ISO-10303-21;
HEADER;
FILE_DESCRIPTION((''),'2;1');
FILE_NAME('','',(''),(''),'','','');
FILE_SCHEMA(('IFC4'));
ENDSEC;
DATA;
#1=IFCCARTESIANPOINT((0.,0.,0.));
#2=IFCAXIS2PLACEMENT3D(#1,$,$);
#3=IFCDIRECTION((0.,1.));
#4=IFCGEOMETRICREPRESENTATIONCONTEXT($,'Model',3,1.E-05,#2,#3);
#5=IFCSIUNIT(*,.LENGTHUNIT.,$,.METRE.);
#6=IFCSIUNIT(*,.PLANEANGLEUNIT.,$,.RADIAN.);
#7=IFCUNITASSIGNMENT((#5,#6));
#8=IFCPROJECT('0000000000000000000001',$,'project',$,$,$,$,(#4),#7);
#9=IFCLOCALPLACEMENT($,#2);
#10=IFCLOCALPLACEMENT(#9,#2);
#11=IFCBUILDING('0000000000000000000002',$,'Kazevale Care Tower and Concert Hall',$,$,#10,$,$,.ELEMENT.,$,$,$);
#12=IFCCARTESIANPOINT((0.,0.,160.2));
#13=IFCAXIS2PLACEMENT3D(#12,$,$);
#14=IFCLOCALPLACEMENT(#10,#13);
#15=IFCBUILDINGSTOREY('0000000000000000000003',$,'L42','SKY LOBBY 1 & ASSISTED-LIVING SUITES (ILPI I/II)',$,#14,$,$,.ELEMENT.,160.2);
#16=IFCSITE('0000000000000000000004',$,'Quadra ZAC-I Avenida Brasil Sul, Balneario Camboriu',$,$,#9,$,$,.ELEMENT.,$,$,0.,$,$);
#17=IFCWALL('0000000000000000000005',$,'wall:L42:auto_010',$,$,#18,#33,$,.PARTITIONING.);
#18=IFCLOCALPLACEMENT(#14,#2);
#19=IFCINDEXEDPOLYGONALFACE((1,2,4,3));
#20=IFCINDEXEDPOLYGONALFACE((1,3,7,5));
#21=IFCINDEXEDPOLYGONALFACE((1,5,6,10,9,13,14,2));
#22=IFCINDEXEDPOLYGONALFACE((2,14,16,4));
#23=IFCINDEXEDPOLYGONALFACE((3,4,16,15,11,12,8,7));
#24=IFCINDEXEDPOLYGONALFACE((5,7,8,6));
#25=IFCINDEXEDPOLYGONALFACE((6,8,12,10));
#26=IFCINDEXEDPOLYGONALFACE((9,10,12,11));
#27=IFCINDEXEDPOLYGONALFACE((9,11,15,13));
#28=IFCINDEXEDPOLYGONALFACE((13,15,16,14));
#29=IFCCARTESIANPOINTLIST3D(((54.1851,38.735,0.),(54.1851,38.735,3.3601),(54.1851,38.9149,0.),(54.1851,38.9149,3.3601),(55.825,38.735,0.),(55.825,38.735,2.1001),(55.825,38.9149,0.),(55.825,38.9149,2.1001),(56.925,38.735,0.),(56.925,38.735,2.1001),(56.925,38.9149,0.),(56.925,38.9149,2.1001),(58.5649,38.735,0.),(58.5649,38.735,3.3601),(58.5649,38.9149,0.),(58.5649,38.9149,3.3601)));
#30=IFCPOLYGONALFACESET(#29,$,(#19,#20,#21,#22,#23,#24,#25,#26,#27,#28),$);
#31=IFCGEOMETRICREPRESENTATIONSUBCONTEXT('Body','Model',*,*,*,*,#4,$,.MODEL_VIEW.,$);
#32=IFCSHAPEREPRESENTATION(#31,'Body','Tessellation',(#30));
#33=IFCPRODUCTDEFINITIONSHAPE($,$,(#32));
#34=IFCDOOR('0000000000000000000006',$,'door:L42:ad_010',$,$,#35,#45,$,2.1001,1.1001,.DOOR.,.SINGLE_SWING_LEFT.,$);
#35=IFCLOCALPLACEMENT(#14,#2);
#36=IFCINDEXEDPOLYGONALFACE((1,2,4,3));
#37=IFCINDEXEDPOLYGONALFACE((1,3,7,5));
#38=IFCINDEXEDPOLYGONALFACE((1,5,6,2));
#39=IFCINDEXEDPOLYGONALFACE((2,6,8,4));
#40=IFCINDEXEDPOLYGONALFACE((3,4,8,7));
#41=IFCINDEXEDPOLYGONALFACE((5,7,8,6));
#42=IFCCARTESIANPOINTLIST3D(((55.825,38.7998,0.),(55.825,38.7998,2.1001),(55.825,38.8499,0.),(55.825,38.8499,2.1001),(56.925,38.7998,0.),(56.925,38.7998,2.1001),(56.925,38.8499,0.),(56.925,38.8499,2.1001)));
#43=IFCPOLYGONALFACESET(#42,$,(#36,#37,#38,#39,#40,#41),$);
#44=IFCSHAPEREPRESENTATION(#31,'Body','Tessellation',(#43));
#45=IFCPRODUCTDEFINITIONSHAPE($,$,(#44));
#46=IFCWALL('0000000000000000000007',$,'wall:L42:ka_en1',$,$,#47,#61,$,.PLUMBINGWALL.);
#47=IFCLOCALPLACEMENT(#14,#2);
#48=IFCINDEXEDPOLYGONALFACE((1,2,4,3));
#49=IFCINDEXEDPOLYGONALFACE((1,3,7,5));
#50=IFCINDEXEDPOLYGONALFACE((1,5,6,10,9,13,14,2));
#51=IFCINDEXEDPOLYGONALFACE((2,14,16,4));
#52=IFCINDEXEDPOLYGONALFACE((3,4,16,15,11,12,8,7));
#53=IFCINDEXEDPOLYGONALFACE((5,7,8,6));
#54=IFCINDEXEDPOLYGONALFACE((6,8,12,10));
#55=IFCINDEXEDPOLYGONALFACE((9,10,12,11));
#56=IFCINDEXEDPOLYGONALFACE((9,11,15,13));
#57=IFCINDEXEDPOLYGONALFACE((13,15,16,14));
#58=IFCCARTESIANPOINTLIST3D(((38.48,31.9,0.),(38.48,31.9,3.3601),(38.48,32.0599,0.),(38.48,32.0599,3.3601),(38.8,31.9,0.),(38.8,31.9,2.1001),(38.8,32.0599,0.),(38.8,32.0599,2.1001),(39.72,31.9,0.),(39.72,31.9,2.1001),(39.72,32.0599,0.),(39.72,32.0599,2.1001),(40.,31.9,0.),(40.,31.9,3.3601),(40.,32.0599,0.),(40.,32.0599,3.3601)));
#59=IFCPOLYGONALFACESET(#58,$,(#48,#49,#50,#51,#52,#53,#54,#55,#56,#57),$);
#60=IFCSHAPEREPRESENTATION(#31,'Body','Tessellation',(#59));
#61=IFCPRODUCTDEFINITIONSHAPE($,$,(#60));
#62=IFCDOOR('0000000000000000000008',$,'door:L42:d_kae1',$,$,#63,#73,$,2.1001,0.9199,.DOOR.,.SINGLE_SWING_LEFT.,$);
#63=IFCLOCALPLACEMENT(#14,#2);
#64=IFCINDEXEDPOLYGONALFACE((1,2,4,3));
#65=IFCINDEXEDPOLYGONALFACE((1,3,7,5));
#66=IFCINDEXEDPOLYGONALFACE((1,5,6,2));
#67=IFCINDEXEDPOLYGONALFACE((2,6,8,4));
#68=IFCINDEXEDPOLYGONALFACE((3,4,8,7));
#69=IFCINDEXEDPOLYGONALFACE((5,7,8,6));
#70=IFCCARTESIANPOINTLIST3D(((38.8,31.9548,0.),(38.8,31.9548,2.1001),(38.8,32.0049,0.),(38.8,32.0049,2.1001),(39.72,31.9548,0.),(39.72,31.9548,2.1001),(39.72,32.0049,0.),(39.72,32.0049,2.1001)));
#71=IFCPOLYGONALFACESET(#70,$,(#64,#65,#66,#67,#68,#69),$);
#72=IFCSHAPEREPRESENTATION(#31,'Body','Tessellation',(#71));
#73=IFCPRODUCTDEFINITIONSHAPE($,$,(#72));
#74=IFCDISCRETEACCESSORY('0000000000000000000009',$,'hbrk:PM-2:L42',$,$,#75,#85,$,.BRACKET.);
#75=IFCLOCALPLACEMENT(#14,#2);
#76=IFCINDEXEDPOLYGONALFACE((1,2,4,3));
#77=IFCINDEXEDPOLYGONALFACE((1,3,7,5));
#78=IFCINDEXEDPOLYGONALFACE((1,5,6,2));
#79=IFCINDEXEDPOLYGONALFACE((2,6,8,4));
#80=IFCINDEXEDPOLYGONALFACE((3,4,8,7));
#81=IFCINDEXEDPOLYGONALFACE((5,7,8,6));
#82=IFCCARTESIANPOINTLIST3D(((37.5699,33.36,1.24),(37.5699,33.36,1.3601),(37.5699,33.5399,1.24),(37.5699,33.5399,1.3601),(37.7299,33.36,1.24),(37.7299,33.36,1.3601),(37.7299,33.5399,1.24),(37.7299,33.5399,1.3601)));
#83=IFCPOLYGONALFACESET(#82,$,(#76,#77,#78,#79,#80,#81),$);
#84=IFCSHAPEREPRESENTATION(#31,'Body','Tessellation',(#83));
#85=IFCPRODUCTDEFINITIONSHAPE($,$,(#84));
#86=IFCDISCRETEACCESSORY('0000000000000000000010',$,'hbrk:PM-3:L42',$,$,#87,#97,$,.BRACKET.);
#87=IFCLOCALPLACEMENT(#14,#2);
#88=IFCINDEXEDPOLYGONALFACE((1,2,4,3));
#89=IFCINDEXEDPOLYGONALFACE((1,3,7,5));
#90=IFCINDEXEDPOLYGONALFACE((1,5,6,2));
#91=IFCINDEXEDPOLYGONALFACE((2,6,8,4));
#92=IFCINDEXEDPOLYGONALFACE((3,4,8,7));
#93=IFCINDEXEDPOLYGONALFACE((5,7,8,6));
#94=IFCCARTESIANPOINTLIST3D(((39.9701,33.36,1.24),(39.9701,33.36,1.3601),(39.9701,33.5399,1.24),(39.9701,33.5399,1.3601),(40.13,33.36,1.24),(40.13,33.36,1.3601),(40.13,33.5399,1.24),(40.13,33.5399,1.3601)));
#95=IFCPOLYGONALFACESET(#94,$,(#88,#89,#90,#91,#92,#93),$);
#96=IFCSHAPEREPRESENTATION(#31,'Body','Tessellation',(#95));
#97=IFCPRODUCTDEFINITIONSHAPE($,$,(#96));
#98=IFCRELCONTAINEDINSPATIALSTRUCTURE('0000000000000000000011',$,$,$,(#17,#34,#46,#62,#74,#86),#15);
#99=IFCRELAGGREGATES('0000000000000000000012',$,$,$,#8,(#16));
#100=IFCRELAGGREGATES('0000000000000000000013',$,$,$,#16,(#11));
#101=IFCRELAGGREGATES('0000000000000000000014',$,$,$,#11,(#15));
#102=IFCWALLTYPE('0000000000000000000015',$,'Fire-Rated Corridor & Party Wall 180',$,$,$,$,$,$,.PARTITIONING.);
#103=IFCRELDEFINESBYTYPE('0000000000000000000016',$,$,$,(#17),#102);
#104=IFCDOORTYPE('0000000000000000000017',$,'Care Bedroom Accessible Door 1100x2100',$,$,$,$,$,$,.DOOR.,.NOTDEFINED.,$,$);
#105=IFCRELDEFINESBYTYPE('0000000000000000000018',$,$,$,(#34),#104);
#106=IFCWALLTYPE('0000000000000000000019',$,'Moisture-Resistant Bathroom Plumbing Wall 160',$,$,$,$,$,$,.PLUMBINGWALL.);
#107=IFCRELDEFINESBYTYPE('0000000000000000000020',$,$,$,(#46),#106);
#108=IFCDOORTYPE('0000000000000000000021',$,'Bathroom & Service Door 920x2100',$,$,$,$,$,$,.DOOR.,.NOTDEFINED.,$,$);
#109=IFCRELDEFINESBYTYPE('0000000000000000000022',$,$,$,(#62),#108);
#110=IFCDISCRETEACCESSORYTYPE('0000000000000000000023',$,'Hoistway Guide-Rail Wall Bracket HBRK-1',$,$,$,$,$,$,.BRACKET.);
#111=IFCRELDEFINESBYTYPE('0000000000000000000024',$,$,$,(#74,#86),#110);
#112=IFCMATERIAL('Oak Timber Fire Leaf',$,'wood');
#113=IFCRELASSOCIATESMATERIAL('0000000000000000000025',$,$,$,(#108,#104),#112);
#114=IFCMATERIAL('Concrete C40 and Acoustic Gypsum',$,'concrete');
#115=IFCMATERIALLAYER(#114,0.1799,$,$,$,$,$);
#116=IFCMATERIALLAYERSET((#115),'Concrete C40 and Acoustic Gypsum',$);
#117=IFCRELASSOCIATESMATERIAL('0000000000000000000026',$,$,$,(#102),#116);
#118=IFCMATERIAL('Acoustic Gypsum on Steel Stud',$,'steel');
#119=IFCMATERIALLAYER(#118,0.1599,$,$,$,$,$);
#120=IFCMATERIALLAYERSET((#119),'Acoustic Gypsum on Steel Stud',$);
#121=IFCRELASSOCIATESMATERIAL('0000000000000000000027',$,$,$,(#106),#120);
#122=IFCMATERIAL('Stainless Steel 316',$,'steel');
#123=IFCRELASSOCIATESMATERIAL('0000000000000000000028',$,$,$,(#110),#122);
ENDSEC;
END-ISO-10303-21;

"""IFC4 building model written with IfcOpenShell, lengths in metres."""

from ifc_helpers import new_model, si_unit, direction, frame, frame_2d, origin, origin_2d, place, context, subcontext, project, spatial, rectangle, extrude, material, layer, layer_set, type_object, element, fill, save


model = new_model("IFC4")

# Units and contexts
model_context = context("Model", 3, precision=1e-05, world=origin(), true_north=direction((0.0, 1.0)))
body_context = subcontext(model_context, "Body", "Model", "MODEL_VIEW")
ifc_project = project(units=[si_unit("LENGTHUNIT", "METRE"), si_unit("PLANEANGLEUNIT", "RADIAN")], contexts=[model_context])

# Site, building, storey
site_placement = place(None, origin())
site = spatial("IfcSite", under=ifc_project, at=site_placement, Name="Quadra ZAC-I Avenida Brasil Sul, Balneario Camboriu", CompositionType="ELEMENT", RefElevation=0.0)
building_placement = place(site_placement, origin())
building = spatial("IfcBuilding", under=site, at=building_placement, Name="Kazevale Care Tower and Concert Hall", CompositionType="ELEMENT")
storey_placement = place(building_placement, frame((0.0, 0.0, 160.2)))
storey = spatial("IfcBuildingStorey", under=building, at=storey_placement, Name="L42", Description="SKY LOBBY 1 & ASSISTED-LIVING SUITES (ILPI I/II)", CompositionType="ELEMENT", Elevation=160.2)

# Shared definitions
ifc_material_1 = material(Name="Acoustic Gypsum on Steel Stud", Category="steel")
ifc_material_2 = material(Name="Oak Timber Fire Leaf", Category="wood")
door_type_1 = type_object("IfcDoorType", Name="Bathroom & Service Door 920x2100", OperationType="NOTDEFINED", PredefinedType="DOOR", material=ifc_material_2)

# Walls, openings, doors
ifc_material_3 = material(Name="Concrete C40 and Acoustic Gypsum", Category="concrete")
ifc_layer_1 = layer(ifc_material_3, 0.1799)
ifc_layer_set_1 = layer_set([ifc_layer_1], Name="Concrete C40 and Acoustic Gypsum")
wall_type_1 = type_object("IfcWallType", Name="Fire-Rated Corridor & Party Wall 180", PredefinedType="PARTITIONING", material=ifc_layer_set_1)
door_type_2 = type_object("IfcDoorType", Name="Care Bedroom Accessible Door 1100x2100", OperationType="NOTDEFINED", PredefinedType="DOOR", material=ifc_material_2)
wall_1_placement = place(storey_placement, frame((54.1851, 38.825, 0.0), z_axis=(0.0, 0.0, 1.0), x_axis=(1.0, 0.0, 0.0)))
wall_1 = element("IfcWall", 1, at=wall_1_placement, inside=storey, type_object=wall_type_1, Name="wall:L42:auto_010", PredefinedType="PARTITIONING", context=body_context, shape_type="SweptSolid", body=[
    extrude(rectangle(XDim=4.3799, YDim=0.1799, at=frame_2d((2.1899, 0.0))), origin(), (0.0, 0.0, 1.0), 3.3601),
])
opening_1_placement = place(wall_1_placement, frame((1.6399, 0.0, 0.0)))
opening_1 = element("IfcOpeningElement", 2, at=opening_1_placement, cuts=wall_1, PredefinedType="OPENING", context=body_context, shape_type="SweptSolid", body=[
    extrude(rectangle(XDim=1.1001, YDim=2.1001, at=frame_2d((0.55, 1.05))), frame((0.0, 0.0999, 0.0), z_axis=(0.0, -1.0, 0.0), x_axis=(1.0, 0.0, 0.0)), (0.0, 0.0, 1.0), 0.2),
])
door_1_placement = place(opening_1_placement, origin())
door_1 = element("IfcDoor", 3, at=door_1_placement, inside=storey, type_object=door_type_2, Name="door:L42:ad_010", OperationType="SINGLE_SWING_LEFT", OverallHeight=2.1001, OverallWidth=1.1001, PredefinedType="DOOR", context=body_context, shape_type="SweptSolid", body=[
    extrude(rectangle(XDim=1.1001, YDim=2.1001, at=frame_2d((0.55, 1.05))), frame((0.0, 0.0249, 0.0), z_axis=(0.0, -1.0, 0.0), x_axis=(1.0, 0.0, 0.0)), (0.0, 0.0, 1.0), 0.05),
])
fill(opening_1, door_1)
ifc_layer_2 = layer(ifc_material_1, 0.1599)
ifc_layer_set_2 = layer_set([ifc_layer_2], Name="Acoustic Gypsum on Steel Stud")
wall_type_2 = type_object("IfcWallType", Name="Moisture-Resistant Bathroom Plumbing Wall 160", PredefinedType="PLUMBINGWALL", material=ifc_layer_set_2)
wall_2_placement = place(storey_placement, frame((38.48, 31.98, 0.0), z_axis=(0.0, 0.0, 1.0), x_axis=(1.0, 0.0, 0.0)))
wall_2 = element("IfcWall", 4, at=wall_2_placement, inside=storey, type_object=wall_type_2, Name="wall:L42:ka_en1", PredefinedType="PLUMBINGWALL", context=body_context, shape_type="SweptSolid", body=[
    extrude(rectangle(XDim=1.52, YDim=0.1599, at=frame_2d((0.76, 0.0))), origin(), (0.0, 0.0, 1.0), 3.3601),
])
opening_2_placement = place(wall_2_placement, frame((0.3201, 0.0, 0.0)))
opening_2 = element("IfcOpeningElement", 5, at=opening_2_placement, cuts=wall_2, PredefinedType="OPENING", context=body_context, shape_type="SweptSolid", body=[
    extrude(rectangle(XDim=0.9199, YDim=2.1001, at=frame_2d((0.46, 1.05))), frame((0.0, 0.0898, 0.0), z_axis=(0.0, -1.0, 0.0), x_axis=(1.0, 0.0, 0.0)), (0.0, 0.0, 1.0), 0.1799),
])
door_2_placement = place(opening_2_placement, origin())
door_2 = element("IfcDoor", 6, at=door_2_placement, inside=storey, type_object=door_type_1, Name="door:L42:d_kae1", OperationType="SINGLE_SWING_LEFT", OverallHeight=2.1001, OverallWidth=0.9199, PredefinedType="DOOR", context=body_context, shape_type="SweptSolid", body=[
    extrude(rectangle(XDim=0.9199, YDim=2.1001, at=frame_2d((0.46, 1.05))), frame((0.0, 0.0249, 0.0), z_axis=(0.0, -1.0, 0.0), x_axis=(1.0, 0.0, 0.0)), (0.0, 0.0, 1.0), 0.05),
])
fill(opening_2, door_2)

# Discrete accessories
ifc_material_4 = material(Name="Stainless Steel 316", Category="steel")
discrete_accessory_type = type_object("IfcDiscreteAccessoryType", Name="Hoistway Guide-Rail Wall Bracket HBRK-1", PredefinedType="BRACKET", material=ifc_material_4)
for number, where, z_axis, x_axis, name in (
    (7, (37.6499, 33.45, 1.24), (0.0, 0.0, 1.0), (1.0, 0.0, 0.0), "hbrk:PM-2:L42"),
    (8, (40.05, 33.45, 1.24), (0.0, 0.0, 1.0), (1.0, 0.0, 0.0), "hbrk:PM-3:L42"),
):
    element("IfcDiscreteAccessory", number, at=place(storey_placement, frame(where, z_axis=z_axis, x_axis=x_axis)), inside=storey, type_object=discrete_accessory_type, Name=name, PredefinedType="BRACKET", context=body_context, shape_type="SweptSolid", body=[
        extrude(rectangle(XDim=0.1599, YDim=0.1799, at=origin_2d()), origin(), (0.0, 0.0, 1.0), 0.1201),
    ])

save(model, "model.ifc")
